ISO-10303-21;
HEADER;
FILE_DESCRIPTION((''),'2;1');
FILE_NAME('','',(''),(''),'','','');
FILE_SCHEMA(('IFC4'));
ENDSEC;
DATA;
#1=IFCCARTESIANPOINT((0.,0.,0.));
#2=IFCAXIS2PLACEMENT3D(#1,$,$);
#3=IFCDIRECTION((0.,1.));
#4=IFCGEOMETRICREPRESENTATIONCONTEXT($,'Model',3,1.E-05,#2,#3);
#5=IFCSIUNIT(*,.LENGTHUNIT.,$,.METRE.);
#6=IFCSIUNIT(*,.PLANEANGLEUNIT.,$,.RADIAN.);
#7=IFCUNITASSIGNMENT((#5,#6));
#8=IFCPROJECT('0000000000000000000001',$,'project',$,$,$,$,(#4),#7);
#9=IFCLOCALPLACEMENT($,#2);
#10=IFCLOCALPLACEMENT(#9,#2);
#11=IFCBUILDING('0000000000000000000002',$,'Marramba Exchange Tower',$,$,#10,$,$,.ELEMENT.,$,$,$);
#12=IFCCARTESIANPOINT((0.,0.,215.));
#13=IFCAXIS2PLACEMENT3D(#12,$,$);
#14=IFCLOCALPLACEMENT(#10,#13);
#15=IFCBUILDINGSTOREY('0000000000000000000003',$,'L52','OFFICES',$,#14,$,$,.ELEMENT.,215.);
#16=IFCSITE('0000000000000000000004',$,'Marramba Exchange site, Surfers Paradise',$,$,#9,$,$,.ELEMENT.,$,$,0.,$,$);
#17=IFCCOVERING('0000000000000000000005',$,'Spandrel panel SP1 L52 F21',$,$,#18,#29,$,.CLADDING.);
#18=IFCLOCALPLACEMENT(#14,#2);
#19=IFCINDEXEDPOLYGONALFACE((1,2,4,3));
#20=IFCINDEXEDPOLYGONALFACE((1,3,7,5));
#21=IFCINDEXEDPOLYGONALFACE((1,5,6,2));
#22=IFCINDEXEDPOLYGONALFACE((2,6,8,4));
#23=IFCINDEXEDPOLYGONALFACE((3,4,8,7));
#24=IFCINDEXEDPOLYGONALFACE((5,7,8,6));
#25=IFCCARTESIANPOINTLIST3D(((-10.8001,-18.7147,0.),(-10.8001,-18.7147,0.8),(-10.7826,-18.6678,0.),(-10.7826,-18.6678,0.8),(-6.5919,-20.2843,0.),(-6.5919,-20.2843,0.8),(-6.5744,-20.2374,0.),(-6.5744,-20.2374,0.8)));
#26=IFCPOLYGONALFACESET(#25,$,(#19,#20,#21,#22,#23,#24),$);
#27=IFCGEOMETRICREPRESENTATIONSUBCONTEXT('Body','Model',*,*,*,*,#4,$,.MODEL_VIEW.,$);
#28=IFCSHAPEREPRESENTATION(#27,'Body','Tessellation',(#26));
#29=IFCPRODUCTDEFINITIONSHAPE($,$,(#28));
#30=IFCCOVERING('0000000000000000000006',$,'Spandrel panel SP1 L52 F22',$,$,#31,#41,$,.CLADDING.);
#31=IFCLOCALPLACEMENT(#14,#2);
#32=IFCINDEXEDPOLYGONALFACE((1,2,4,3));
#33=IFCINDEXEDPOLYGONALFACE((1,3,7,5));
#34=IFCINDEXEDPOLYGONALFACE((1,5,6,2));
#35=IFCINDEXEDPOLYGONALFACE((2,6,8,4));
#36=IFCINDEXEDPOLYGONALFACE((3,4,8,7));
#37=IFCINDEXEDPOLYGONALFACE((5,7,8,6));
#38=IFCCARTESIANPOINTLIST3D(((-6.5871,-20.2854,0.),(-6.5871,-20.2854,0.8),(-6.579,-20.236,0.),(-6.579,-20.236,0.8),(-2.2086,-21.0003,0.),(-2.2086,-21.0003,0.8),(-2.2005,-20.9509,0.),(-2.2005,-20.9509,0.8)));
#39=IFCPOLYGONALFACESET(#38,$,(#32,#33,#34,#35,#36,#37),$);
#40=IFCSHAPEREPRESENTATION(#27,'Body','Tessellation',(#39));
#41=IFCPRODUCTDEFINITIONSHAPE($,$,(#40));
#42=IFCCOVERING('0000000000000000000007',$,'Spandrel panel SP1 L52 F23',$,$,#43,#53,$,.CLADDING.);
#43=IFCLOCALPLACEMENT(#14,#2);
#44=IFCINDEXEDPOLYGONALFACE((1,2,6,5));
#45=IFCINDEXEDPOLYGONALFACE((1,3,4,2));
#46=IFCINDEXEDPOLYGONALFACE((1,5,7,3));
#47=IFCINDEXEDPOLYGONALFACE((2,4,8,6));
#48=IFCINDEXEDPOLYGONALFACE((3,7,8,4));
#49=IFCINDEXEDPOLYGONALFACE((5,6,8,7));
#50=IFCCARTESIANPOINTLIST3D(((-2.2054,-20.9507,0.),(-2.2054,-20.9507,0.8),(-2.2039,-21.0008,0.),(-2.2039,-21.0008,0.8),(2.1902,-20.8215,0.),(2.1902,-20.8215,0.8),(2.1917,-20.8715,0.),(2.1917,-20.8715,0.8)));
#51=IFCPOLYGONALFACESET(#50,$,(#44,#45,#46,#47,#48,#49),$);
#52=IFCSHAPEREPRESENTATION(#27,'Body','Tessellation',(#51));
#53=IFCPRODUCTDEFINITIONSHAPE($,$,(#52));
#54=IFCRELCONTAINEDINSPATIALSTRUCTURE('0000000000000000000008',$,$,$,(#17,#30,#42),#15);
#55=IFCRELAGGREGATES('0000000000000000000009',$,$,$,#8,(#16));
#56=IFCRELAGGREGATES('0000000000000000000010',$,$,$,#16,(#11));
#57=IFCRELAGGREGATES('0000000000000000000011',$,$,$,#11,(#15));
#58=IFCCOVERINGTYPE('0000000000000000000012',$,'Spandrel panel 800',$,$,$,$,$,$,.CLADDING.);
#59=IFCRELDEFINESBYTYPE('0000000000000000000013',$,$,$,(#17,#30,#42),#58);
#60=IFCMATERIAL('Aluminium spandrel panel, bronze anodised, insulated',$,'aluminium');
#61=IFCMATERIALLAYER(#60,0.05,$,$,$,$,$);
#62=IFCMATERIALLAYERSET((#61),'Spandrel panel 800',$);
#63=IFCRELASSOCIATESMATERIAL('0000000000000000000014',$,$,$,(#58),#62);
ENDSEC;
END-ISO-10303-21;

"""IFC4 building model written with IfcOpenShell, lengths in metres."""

from ifc_helpers import new_model, si_unit, direction, frame, origin, origin_2d, place, context, subcontext, project, spatial, rectangle, extrude, material, layer, layer_set, type_object, element, save


model = new_model("IFC4")

# Units and contexts
model_context = context("Model", 3, precision=1e-05, world=origin(), true_north=direction((0.0, 1.0)))
body_context = subcontext(model_context, "Body", "Model", "MODEL_VIEW")
ifc_project = project(units=[si_unit("LENGTHUNIT", "METRE"), si_unit("PLANEANGLEUNIT", "RADIAN")], contexts=[model_context])

# Site, building, storey
site_placement = place(None, origin())
site = spatial("IfcSite", under=ifc_project, at=site_placement, Name="Marramba Exchange site, Surfers Paradise", CompositionType="ELEMENT", RefElevation=0.0)
building_placement = place(site_placement, origin())
building = spatial("IfcBuilding", under=site, at=building_placement, Name="Marramba Exchange Tower", CompositionType="ELEMENT")
storey_placement = place(building_placement, frame((0.0, 0.0, 215.0)))
storey = spatial("IfcBuildingStorey", under=building, at=storey_placement, Name="L52", Description="OFFICES", CompositionType="ELEMENT", Elevation=215.0)

# Coverings
ifc_material_1 = material(Name="Aluminium spandrel panel, bronze anodised, insulated", Category="aluminium")
ifc_layer_1 = layer(ifc_material_1, 0.05)
ifc_layer_set_1 = layer_set([ifc_layer_1], Name="Spandrel panel 800")
covering_type = type_object("IfcCoveringType", Name="Spandrel panel 800", PredefinedType="CLADDING", material=ifc_layer_set_1)
covering_1_placement = place(storey_placement, frame((-8.6873, -19.4761, 0.0), z_axis=(0.0, 0.0, 1.0), x_axis=(0.936952, -0.349459, 0.0)))
element("IfcCovering", 1, at=covering_1_placement, inside=storey, type_object=covering_type, Name="Spandrel panel SP1 L52 F21", PredefinedType="CLADDING", context=body_context, shape_type="SweptSolid", body=[
    extrude(rectangle(XDim=4.4915, YDim=0.05, at=origin_2d()), origin(), (0.0, 0.0, 1.0), 0.8),
])
covering_2_placement = place(storey_placement, frame((-4.3938, -20.6182, 0.0), z_axis=(0.0, 0.0, 1.0), x_axis=(0.986931, -0.161146, 0.0)))
element("IfcCovering", 2, at=covering_2_placement, inside=storey, type_object=covering_type, Name="Spandrel panel SP1 L52 F22", PredefinedType="CLADDING", context=body_context, shape_type="SweptSolid", body=[
    extrude(rectangle(XDim=4.4365, YDim=0.05, at=origin_2d()), origin(), (0.0, 0.0, 1.0), 0.8),
])
covering_3_placement = place(storey_placement, frame((-0.0068, -20.9111, 0.0), z_axis=(0.0, 0.0, 1.0), x_axis=(0.999568, 0.029393, 0.0)))
element("IfcCovering", 3, at=covering_3_placement, inside=storey, type_object=covering_type, Name="Spandrel panel SP1 L52 F23", PredefinedType="CLADDING", context=body_context, shape_type="SweptSolid", body=[
    extrude(rectangle(XDim=4.3975, YDim=0.05, at=origin_2d()), origin(), (0.0, 0.0, 1.0), 0.8),
])

save(model, "model.ifc")
